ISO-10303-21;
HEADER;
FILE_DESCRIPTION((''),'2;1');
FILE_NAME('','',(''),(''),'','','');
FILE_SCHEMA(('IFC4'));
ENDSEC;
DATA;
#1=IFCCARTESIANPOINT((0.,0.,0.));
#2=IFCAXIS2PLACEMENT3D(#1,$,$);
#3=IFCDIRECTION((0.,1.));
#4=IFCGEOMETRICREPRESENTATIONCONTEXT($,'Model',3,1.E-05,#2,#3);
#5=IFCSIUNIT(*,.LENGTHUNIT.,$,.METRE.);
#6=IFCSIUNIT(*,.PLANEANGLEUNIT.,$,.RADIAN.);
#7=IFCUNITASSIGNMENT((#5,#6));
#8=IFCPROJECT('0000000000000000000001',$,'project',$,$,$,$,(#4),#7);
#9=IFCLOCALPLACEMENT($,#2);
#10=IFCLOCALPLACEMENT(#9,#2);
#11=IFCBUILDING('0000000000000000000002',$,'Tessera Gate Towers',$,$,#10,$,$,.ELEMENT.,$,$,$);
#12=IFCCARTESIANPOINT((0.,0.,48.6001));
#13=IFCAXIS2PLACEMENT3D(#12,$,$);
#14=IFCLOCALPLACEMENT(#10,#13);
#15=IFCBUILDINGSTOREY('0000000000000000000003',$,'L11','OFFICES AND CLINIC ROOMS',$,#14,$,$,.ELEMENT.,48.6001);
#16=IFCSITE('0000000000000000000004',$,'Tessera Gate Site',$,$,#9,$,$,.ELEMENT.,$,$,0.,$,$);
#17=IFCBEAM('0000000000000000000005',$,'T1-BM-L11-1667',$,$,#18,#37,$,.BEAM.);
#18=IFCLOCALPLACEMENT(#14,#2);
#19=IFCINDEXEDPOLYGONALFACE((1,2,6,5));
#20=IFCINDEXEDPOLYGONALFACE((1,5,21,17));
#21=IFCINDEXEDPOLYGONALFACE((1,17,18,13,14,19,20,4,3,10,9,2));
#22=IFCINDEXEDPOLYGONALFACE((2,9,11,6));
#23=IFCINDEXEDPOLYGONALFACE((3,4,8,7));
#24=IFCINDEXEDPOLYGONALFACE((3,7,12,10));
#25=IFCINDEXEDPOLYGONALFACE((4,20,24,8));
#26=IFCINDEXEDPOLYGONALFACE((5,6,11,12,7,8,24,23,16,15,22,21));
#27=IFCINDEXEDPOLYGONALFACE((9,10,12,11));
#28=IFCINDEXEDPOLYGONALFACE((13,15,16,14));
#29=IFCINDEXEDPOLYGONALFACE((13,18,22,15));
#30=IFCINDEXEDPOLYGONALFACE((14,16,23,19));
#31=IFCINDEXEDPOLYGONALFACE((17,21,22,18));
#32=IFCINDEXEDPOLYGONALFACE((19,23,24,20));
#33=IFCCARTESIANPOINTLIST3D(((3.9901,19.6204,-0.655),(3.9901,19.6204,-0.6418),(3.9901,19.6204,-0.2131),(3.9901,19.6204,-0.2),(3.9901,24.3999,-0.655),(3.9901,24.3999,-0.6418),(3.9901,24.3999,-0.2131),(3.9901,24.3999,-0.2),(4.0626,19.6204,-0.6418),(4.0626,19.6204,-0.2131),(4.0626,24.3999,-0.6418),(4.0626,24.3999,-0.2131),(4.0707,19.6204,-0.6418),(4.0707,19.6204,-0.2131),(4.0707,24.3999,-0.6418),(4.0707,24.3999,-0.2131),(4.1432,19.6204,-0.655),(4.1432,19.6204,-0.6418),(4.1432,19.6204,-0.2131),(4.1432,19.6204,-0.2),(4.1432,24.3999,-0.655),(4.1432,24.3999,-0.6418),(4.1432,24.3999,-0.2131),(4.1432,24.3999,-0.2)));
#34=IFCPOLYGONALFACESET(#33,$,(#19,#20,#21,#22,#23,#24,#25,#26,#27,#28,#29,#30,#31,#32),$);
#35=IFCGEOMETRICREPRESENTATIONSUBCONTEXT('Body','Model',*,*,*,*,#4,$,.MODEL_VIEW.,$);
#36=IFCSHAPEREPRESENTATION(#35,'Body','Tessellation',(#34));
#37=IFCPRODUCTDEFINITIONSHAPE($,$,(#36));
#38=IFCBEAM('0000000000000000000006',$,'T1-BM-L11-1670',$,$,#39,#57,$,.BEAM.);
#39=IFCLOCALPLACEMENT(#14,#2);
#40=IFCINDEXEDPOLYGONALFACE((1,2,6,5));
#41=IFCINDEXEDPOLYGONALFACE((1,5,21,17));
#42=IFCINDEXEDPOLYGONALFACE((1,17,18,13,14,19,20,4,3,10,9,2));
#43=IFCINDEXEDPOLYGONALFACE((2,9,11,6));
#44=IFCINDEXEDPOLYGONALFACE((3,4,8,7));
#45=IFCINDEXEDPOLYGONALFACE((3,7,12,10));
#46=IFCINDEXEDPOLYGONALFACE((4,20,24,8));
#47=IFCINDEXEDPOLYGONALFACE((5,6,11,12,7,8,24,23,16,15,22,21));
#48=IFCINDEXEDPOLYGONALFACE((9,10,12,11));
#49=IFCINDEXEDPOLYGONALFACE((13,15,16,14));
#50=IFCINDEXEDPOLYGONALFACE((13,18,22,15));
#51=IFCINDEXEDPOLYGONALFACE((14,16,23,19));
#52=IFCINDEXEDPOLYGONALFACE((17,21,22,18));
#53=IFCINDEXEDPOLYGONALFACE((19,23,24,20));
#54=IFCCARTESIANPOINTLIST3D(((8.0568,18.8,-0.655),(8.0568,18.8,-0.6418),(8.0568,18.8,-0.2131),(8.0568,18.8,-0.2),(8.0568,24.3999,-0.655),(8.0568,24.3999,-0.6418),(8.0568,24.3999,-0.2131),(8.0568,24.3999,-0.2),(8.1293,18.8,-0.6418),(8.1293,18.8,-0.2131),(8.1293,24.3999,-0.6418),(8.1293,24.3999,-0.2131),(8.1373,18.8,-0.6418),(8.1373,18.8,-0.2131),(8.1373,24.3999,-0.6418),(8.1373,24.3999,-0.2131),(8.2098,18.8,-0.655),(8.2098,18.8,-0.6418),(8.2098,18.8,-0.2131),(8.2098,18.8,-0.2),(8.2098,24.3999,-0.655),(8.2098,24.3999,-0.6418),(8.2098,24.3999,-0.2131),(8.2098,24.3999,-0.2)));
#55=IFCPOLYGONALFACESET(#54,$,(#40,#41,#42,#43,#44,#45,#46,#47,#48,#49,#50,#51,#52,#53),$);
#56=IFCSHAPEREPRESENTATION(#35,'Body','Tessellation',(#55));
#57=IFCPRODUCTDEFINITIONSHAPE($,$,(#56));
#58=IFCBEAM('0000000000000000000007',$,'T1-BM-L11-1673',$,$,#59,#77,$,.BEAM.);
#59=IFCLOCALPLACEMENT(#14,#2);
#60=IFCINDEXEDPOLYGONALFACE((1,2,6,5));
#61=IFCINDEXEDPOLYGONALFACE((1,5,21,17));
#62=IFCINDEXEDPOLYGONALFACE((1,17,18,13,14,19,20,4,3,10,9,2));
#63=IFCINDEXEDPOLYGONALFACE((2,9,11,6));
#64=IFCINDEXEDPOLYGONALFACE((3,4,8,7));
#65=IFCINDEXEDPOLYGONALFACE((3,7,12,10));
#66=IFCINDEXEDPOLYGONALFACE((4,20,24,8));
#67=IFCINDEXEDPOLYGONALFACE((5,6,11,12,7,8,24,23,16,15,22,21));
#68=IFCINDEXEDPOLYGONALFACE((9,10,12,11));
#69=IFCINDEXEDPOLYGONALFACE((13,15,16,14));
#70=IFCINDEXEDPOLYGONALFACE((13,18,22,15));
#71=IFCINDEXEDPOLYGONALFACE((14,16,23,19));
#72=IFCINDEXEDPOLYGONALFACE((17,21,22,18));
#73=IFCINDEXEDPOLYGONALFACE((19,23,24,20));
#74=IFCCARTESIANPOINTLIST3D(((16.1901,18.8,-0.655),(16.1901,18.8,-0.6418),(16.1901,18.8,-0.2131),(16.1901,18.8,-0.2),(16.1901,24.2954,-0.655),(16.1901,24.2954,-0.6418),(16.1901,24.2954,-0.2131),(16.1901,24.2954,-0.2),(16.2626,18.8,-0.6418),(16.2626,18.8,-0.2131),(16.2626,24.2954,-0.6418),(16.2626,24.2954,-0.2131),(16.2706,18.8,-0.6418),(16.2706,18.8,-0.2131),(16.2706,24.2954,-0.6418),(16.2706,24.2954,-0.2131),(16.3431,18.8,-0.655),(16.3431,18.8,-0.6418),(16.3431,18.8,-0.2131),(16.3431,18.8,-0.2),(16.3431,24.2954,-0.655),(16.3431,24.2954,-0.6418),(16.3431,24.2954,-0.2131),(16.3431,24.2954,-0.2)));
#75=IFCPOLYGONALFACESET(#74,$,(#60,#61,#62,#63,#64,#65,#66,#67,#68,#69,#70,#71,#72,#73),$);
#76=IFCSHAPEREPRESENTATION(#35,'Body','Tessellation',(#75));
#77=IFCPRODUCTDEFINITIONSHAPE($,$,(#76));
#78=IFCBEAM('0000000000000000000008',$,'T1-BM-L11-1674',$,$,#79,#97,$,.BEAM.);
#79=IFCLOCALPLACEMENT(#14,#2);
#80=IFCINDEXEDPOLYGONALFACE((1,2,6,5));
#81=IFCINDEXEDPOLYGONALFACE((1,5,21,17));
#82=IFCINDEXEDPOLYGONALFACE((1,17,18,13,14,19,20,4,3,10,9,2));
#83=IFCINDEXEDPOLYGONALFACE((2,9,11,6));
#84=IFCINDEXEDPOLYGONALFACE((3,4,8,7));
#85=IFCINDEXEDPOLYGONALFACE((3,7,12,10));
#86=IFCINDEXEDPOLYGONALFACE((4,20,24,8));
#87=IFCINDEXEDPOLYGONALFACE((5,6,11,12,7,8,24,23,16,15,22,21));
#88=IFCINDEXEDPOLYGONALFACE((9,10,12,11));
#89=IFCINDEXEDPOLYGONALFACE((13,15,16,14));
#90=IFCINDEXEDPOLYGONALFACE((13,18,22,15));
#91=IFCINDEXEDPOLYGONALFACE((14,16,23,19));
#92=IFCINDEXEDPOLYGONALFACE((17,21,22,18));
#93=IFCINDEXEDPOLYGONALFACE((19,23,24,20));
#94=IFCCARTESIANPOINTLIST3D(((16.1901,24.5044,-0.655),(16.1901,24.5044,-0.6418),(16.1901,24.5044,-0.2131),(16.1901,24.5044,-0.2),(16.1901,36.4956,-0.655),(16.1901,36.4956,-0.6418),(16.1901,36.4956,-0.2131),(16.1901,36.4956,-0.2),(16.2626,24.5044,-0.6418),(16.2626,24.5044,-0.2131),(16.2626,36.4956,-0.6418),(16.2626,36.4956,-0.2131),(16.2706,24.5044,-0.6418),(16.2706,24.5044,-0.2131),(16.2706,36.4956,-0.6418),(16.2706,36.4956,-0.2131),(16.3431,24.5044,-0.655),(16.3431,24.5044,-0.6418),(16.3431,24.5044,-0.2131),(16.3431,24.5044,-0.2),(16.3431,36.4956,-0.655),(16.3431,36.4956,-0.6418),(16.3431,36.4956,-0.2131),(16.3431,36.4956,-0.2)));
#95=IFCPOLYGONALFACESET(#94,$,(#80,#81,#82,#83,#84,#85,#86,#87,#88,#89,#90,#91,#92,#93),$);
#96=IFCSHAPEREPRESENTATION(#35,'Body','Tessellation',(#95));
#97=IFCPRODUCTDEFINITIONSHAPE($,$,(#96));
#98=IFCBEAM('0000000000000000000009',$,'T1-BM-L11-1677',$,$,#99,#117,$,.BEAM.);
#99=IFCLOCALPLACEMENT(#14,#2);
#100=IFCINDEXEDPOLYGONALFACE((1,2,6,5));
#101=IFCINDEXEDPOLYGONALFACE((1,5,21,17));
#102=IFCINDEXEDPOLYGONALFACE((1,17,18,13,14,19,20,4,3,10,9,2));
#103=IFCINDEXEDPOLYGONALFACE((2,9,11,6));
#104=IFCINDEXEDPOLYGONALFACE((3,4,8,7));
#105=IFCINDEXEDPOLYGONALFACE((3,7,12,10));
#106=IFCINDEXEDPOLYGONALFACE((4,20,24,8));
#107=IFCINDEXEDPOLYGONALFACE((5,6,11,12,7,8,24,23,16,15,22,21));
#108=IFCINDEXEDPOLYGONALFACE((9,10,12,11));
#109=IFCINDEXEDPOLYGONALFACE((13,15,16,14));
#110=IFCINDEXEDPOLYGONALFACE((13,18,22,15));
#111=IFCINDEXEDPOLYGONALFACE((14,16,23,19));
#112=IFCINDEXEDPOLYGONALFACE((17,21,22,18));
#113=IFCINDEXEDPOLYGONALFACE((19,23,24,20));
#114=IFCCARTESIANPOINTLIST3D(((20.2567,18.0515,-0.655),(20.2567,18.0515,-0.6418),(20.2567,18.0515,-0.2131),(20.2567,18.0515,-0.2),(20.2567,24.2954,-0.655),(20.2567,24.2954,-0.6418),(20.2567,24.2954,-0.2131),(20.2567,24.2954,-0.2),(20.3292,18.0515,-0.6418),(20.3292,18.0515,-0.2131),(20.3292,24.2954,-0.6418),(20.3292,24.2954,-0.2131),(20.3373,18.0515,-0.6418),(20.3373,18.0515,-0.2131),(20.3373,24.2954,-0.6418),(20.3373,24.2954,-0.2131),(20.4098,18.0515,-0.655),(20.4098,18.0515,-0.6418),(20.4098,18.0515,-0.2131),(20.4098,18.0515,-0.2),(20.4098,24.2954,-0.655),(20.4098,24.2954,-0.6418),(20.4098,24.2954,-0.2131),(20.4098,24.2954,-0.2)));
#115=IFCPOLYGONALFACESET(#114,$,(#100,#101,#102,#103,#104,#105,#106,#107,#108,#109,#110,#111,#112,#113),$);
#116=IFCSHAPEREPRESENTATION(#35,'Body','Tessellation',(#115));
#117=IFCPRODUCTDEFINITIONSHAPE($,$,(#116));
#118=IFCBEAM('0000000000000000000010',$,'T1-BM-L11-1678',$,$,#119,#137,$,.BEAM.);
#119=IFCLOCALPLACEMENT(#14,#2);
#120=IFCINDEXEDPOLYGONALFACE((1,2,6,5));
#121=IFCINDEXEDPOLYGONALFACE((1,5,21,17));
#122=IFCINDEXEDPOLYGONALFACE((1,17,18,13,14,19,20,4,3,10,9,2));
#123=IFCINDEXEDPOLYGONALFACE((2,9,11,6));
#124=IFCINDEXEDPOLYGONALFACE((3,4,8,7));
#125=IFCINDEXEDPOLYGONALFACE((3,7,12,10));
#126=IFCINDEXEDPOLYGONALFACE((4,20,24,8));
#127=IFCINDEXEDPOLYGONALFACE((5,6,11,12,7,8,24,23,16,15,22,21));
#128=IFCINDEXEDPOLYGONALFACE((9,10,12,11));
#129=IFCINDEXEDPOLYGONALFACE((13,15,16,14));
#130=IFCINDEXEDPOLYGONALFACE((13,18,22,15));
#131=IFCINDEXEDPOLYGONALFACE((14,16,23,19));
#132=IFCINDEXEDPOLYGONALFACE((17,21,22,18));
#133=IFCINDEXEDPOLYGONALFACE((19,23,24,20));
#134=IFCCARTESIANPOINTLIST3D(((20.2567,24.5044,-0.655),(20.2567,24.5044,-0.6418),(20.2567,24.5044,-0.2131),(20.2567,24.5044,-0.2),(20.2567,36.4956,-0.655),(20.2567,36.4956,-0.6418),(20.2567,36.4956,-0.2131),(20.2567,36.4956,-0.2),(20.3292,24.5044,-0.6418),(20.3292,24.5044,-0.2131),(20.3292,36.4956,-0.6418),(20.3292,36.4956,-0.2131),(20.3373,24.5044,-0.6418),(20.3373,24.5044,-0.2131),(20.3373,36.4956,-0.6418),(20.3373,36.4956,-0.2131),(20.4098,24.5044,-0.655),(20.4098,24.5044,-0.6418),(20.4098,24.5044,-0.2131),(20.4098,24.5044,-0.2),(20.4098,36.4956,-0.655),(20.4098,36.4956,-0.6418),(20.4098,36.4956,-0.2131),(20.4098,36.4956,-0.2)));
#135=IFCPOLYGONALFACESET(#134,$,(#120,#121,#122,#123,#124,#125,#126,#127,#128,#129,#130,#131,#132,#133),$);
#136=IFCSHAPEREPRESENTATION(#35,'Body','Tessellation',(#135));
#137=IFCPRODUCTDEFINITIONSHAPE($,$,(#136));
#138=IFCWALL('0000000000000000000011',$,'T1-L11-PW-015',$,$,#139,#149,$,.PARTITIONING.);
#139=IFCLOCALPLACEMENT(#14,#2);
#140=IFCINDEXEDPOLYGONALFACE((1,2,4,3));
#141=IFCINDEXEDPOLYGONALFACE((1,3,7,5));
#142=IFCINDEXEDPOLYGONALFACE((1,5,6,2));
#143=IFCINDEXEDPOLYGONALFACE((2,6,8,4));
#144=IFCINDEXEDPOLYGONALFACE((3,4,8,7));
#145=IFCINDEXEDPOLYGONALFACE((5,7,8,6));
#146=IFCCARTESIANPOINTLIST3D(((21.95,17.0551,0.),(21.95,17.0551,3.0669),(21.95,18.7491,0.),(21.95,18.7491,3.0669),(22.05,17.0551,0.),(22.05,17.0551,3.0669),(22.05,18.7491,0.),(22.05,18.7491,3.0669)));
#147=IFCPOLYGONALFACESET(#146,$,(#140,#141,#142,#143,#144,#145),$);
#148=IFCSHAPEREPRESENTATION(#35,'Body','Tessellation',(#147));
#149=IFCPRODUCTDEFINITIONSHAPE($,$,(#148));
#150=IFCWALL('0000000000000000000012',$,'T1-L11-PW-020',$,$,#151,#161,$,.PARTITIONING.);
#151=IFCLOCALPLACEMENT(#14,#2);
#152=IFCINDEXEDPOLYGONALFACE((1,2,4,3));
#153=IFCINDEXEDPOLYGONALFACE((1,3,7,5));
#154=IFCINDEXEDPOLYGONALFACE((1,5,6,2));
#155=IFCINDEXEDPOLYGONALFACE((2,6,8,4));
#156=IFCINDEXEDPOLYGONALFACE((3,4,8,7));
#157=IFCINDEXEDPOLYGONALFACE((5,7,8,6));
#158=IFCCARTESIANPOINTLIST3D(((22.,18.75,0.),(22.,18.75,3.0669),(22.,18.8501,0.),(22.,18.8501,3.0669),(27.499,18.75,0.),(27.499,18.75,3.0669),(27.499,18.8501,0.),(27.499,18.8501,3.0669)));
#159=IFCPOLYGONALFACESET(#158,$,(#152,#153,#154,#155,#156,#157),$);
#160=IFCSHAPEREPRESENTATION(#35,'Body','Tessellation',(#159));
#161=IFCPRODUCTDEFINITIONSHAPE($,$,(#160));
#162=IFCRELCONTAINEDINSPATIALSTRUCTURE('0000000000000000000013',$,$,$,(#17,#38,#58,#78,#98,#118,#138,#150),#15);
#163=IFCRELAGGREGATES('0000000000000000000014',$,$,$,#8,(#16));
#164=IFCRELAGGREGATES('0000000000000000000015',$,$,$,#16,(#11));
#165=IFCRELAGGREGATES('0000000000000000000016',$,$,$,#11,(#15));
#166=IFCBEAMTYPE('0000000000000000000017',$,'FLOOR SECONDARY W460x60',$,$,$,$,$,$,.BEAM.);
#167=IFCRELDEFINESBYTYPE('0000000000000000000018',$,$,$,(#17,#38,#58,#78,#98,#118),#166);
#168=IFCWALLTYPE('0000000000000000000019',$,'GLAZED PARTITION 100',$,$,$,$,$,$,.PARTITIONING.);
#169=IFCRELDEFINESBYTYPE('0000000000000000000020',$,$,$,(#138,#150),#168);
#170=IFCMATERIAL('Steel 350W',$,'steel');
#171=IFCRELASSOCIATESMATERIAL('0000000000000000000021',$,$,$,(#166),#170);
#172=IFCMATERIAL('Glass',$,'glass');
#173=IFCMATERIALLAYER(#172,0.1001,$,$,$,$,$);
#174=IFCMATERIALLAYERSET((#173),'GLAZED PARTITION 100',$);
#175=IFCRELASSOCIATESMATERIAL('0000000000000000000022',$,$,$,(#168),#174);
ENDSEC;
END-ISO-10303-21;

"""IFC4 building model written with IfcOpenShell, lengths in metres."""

from ifc_helpers import new_model, si_unit, direction, frame, frame_2d, origin, origin_2d, place, context, subcontext, project, spatial, rectangle, i_section, extrude, material, layer, layer_set, material_profile, profile_set, type_object, element, save


model = new_model("IFC4")

# Units and contexts
model_context = context("Model", 3, precision=1e-05, world=origin(), true_north=direction((0.0, 1.0)))
body_context = subcontext(model_context, "Body", "Model", "MODEL_VIEW")
ifc_project = project(units=[si_unit("LENGTHUNIT", "METRE"), si_unit("PLANEANGLEUNIT", "RADIAN")], contexts=[model_context])

# Site, building, storey
site_placement = place(None, origin())
site = spatial("IfcSite", under=ifc_project, at=site_placement, Name="Tessera Gate Site", CompositionType="ELEMENT", RefElevation=0.0)
building_placement = place(site_placement, origin())
building = spatial("IfcBuilding", under=site, at=building_placement, Name="Tessera Gate Towers", CompositionType="ELEMENT")
storey_placement = place(building_placement, frame((0.0, 0.0, 48.6001)))
storey = spatial("IfcBuildingStorey", under=building, at=storey_placement, Name="L11", Description="OFFICES AND CLINIC ROOMS", CompositionType="ELEMENT", Elevation=48.6001)

# Beams
ifc_material_1 = material(Name="Steel 350W", Category="steel")
ifc_material_profile_1 = material_profile(ifc_material_1, i_section(OverallWidth=0.1531, OverallDepth=0.4551, WebThickness=0.0081, FlangeThickness=0.0132, at=origin_2d()), Name="W460x60")
ifc_profile_set_1 = profile_set([ifc_material_profile_1], Name="Steel 350W")
beam_type_1 = type_object("IfcBeamType", Name="FLOOR SECONDARY W460x60", PredefinedType="BEAM", material=ifc_profile_set_1)
beam_1_placement = place(storey_placement, frame((4.0667, 19.6204, -0.4275), z_axis=(0.0, 1.0, 0.0), x_axis=(-1.0, 0.0, 0.0)))
element("IfcBeam", 1, at=beam_1_placement, inside=storey, type_object=beam_type_1, Name="T1-BM-L11-1667", PredefinedType="BEAM", context=body_context, shape_type="SweptSolid", body=[
    extrude(i_section(OverallWidth=0.1531, OverallDepth=0.4551, WebThickness=0.0081, FlangeThickness=0.0132, at=origin_2d()), origin(), (0.0, 0.0, 1.0), 4.7795),
])
beam_2_placement = place(storey_placement, frame((8.1333, 18.8, -0.4275), z_axis=(0.0, 1.0, 0.0), x_axis=(-1.0, 0.0, 0.0)))
element("IfcBeam", 2, at=beam_2_placement, inside=storey, type_object=beam_type_1, Name="T1-BM-L11-1670", PredefinedType="BEAM", context=body_context, shape_type="SweptSolid", body=[
    extrude(i_section(OverallWidth=0.1531, OverallDepth=0.4551, WebThickness=0.0081, FlangeThickness=0.0132, at=origin_2d()), origin(), (0.0, 0.0, 1.0), 5.5999),
])
beam_3_placement = place(storey_placement, frame((16.2666, 18.8, -0.4275), z_axis=(0.0, 1.0, 0.0), x_axis=(-1.0, 0.0, 0.0)))
element("IfcBeam", 3, at=beam_3_placement, inside=storey, type_object=beam_type_1, Name="T1-BM-L11-1673", PredefinedType="BEAM", context=body_context, shape_type="SweptSolid", body=[
    extrude(i_section(OverallWidth=0.1531, OverallDepth=0.4551, WebThickness=0.0081, FlangeThickness=0.0132, at=origin_2d()), origin(), (0.0, 0.0, 1.0), 5.4954),
])
beam_4_placement = place(storey_placement, frame((16.2666, 24.5044, -0.4275), z_axis=(0.0, 1.0, 0.0), x_axis=(-1.0, 0.0, 0.0)))
element("IfcBeam", 4, at=beam_4_placement, inside=storey, type_object=beam_type_1, Name="T1-BM-L11-1674", PredefinedType="BEAM", context=body_context, shape_type="SweptSolid", body=[
    extrude(i_section(OverallWidth=0.1531, OverallDepth=0.4551, WebThickness=0.0081, FlangeThickness=0.0132, at=origin_2d()), origin(), (0.0, 0.0, 1.0), 11.9912),
])
beam_5_placement = place(storey_placement, frame((20.3333, 18.0515, -0.4275), z_axis=(0.0, 1.0, 0.0), x_axis=(-1.0, 0.0, 0.0)))
element("IfcBeam", 5, at=beam_5_placement, inside=storey, type_object=beam_type_1, Name="T1-BM-L11-1677", PredefinedType="BEAM", context=body_context, shape_type="SweptSolid", body=[
    extrude(i_section(OverallWidth=0.1531, OverallDepth=0.4551, WebThickness=0.0081, FlangeThickness=0.0132, at=origin_2d()), origin(), (0.0, 0.0, 1.0), 6.2439),
])
beam_6_placement = place(storey_placement, frame((20.3333, 24.5044, -0.4275), z_axis=(0.0, 1.0, 0.0), x_axis=(-1.0, 0.0, 0.0)))
element("IfcBeam", 6, at=beam_6_placement, inside=storey, type_object=beam_type_1, Name="T1-BM-L11-1678", PredefinedType="BEAM", context=body_context, shape_type="SweptSolid", body=[
    extrude(i_section(OverallWidth=0.1531, OverallDepth=0.4551, WebThickness=0.0081, FlangeThickness=0.0132, at=origin_2d()), origin(), (0.0, 0.0, 1.0), 11.9912),
])

# Walls
ifc_material_2 = material(Name="Glass", Category="glass")
ifc_layer_1 = layer(ifc_material_2, 0.1001)
ifc_layer_set_1 = layer_set([ifc_layer_1], Name="GLAZED PARTITION 100")
wall_type_1 = type_object("IfcWallType", Name="GLAZED PARTITION 100", PredefinedType="PARTITIONING", material=ifc_layer_set_1)
wall_1_placement = place(storey_placement, frame((22.0, 17.0549, 0.0), z_axis=(0.0, 0.0, 1.0), x_axis=(0.0, 1.0, 0.0)))
element("IfcWall", 7, at=wall_1_placement, inside=storey, type_object=wall_type_1, Name="T1-L11-PW-015", PredefinedType="PARTITIONING", context=body_context, shape_type="SweptSolid", body=[
    extrude(rectangle(XDim=1.6941, YDim=0.1001, at=frame_2d((0.8472, 0.0))), origin(), (0.0, 0.0, 1.0), 3.0669),
])
wall_2_placement = place(storey_placement, frame((22.0, 18.8, 0.0), z_axis=(0.0, 0.0, 1.0), x_axis=(1.0, 0.0, 0.0)))
element("IfcWall", 8, at=wall_2_placement, inside=storey, type_object=wall_type_1, Name="T1-L11-PW-020", PredefinedType="PARTITIONING", context=body_context, shape_type="SweptSolid", body=[
    extrude(rectangle(XDim=5.499, YDim=0.1001, at=frame_2d((2.7495, 0.0))), origin(), (0.0, 0.0, 1.0), 3.0669),
])

save(model, "model.ifc")
